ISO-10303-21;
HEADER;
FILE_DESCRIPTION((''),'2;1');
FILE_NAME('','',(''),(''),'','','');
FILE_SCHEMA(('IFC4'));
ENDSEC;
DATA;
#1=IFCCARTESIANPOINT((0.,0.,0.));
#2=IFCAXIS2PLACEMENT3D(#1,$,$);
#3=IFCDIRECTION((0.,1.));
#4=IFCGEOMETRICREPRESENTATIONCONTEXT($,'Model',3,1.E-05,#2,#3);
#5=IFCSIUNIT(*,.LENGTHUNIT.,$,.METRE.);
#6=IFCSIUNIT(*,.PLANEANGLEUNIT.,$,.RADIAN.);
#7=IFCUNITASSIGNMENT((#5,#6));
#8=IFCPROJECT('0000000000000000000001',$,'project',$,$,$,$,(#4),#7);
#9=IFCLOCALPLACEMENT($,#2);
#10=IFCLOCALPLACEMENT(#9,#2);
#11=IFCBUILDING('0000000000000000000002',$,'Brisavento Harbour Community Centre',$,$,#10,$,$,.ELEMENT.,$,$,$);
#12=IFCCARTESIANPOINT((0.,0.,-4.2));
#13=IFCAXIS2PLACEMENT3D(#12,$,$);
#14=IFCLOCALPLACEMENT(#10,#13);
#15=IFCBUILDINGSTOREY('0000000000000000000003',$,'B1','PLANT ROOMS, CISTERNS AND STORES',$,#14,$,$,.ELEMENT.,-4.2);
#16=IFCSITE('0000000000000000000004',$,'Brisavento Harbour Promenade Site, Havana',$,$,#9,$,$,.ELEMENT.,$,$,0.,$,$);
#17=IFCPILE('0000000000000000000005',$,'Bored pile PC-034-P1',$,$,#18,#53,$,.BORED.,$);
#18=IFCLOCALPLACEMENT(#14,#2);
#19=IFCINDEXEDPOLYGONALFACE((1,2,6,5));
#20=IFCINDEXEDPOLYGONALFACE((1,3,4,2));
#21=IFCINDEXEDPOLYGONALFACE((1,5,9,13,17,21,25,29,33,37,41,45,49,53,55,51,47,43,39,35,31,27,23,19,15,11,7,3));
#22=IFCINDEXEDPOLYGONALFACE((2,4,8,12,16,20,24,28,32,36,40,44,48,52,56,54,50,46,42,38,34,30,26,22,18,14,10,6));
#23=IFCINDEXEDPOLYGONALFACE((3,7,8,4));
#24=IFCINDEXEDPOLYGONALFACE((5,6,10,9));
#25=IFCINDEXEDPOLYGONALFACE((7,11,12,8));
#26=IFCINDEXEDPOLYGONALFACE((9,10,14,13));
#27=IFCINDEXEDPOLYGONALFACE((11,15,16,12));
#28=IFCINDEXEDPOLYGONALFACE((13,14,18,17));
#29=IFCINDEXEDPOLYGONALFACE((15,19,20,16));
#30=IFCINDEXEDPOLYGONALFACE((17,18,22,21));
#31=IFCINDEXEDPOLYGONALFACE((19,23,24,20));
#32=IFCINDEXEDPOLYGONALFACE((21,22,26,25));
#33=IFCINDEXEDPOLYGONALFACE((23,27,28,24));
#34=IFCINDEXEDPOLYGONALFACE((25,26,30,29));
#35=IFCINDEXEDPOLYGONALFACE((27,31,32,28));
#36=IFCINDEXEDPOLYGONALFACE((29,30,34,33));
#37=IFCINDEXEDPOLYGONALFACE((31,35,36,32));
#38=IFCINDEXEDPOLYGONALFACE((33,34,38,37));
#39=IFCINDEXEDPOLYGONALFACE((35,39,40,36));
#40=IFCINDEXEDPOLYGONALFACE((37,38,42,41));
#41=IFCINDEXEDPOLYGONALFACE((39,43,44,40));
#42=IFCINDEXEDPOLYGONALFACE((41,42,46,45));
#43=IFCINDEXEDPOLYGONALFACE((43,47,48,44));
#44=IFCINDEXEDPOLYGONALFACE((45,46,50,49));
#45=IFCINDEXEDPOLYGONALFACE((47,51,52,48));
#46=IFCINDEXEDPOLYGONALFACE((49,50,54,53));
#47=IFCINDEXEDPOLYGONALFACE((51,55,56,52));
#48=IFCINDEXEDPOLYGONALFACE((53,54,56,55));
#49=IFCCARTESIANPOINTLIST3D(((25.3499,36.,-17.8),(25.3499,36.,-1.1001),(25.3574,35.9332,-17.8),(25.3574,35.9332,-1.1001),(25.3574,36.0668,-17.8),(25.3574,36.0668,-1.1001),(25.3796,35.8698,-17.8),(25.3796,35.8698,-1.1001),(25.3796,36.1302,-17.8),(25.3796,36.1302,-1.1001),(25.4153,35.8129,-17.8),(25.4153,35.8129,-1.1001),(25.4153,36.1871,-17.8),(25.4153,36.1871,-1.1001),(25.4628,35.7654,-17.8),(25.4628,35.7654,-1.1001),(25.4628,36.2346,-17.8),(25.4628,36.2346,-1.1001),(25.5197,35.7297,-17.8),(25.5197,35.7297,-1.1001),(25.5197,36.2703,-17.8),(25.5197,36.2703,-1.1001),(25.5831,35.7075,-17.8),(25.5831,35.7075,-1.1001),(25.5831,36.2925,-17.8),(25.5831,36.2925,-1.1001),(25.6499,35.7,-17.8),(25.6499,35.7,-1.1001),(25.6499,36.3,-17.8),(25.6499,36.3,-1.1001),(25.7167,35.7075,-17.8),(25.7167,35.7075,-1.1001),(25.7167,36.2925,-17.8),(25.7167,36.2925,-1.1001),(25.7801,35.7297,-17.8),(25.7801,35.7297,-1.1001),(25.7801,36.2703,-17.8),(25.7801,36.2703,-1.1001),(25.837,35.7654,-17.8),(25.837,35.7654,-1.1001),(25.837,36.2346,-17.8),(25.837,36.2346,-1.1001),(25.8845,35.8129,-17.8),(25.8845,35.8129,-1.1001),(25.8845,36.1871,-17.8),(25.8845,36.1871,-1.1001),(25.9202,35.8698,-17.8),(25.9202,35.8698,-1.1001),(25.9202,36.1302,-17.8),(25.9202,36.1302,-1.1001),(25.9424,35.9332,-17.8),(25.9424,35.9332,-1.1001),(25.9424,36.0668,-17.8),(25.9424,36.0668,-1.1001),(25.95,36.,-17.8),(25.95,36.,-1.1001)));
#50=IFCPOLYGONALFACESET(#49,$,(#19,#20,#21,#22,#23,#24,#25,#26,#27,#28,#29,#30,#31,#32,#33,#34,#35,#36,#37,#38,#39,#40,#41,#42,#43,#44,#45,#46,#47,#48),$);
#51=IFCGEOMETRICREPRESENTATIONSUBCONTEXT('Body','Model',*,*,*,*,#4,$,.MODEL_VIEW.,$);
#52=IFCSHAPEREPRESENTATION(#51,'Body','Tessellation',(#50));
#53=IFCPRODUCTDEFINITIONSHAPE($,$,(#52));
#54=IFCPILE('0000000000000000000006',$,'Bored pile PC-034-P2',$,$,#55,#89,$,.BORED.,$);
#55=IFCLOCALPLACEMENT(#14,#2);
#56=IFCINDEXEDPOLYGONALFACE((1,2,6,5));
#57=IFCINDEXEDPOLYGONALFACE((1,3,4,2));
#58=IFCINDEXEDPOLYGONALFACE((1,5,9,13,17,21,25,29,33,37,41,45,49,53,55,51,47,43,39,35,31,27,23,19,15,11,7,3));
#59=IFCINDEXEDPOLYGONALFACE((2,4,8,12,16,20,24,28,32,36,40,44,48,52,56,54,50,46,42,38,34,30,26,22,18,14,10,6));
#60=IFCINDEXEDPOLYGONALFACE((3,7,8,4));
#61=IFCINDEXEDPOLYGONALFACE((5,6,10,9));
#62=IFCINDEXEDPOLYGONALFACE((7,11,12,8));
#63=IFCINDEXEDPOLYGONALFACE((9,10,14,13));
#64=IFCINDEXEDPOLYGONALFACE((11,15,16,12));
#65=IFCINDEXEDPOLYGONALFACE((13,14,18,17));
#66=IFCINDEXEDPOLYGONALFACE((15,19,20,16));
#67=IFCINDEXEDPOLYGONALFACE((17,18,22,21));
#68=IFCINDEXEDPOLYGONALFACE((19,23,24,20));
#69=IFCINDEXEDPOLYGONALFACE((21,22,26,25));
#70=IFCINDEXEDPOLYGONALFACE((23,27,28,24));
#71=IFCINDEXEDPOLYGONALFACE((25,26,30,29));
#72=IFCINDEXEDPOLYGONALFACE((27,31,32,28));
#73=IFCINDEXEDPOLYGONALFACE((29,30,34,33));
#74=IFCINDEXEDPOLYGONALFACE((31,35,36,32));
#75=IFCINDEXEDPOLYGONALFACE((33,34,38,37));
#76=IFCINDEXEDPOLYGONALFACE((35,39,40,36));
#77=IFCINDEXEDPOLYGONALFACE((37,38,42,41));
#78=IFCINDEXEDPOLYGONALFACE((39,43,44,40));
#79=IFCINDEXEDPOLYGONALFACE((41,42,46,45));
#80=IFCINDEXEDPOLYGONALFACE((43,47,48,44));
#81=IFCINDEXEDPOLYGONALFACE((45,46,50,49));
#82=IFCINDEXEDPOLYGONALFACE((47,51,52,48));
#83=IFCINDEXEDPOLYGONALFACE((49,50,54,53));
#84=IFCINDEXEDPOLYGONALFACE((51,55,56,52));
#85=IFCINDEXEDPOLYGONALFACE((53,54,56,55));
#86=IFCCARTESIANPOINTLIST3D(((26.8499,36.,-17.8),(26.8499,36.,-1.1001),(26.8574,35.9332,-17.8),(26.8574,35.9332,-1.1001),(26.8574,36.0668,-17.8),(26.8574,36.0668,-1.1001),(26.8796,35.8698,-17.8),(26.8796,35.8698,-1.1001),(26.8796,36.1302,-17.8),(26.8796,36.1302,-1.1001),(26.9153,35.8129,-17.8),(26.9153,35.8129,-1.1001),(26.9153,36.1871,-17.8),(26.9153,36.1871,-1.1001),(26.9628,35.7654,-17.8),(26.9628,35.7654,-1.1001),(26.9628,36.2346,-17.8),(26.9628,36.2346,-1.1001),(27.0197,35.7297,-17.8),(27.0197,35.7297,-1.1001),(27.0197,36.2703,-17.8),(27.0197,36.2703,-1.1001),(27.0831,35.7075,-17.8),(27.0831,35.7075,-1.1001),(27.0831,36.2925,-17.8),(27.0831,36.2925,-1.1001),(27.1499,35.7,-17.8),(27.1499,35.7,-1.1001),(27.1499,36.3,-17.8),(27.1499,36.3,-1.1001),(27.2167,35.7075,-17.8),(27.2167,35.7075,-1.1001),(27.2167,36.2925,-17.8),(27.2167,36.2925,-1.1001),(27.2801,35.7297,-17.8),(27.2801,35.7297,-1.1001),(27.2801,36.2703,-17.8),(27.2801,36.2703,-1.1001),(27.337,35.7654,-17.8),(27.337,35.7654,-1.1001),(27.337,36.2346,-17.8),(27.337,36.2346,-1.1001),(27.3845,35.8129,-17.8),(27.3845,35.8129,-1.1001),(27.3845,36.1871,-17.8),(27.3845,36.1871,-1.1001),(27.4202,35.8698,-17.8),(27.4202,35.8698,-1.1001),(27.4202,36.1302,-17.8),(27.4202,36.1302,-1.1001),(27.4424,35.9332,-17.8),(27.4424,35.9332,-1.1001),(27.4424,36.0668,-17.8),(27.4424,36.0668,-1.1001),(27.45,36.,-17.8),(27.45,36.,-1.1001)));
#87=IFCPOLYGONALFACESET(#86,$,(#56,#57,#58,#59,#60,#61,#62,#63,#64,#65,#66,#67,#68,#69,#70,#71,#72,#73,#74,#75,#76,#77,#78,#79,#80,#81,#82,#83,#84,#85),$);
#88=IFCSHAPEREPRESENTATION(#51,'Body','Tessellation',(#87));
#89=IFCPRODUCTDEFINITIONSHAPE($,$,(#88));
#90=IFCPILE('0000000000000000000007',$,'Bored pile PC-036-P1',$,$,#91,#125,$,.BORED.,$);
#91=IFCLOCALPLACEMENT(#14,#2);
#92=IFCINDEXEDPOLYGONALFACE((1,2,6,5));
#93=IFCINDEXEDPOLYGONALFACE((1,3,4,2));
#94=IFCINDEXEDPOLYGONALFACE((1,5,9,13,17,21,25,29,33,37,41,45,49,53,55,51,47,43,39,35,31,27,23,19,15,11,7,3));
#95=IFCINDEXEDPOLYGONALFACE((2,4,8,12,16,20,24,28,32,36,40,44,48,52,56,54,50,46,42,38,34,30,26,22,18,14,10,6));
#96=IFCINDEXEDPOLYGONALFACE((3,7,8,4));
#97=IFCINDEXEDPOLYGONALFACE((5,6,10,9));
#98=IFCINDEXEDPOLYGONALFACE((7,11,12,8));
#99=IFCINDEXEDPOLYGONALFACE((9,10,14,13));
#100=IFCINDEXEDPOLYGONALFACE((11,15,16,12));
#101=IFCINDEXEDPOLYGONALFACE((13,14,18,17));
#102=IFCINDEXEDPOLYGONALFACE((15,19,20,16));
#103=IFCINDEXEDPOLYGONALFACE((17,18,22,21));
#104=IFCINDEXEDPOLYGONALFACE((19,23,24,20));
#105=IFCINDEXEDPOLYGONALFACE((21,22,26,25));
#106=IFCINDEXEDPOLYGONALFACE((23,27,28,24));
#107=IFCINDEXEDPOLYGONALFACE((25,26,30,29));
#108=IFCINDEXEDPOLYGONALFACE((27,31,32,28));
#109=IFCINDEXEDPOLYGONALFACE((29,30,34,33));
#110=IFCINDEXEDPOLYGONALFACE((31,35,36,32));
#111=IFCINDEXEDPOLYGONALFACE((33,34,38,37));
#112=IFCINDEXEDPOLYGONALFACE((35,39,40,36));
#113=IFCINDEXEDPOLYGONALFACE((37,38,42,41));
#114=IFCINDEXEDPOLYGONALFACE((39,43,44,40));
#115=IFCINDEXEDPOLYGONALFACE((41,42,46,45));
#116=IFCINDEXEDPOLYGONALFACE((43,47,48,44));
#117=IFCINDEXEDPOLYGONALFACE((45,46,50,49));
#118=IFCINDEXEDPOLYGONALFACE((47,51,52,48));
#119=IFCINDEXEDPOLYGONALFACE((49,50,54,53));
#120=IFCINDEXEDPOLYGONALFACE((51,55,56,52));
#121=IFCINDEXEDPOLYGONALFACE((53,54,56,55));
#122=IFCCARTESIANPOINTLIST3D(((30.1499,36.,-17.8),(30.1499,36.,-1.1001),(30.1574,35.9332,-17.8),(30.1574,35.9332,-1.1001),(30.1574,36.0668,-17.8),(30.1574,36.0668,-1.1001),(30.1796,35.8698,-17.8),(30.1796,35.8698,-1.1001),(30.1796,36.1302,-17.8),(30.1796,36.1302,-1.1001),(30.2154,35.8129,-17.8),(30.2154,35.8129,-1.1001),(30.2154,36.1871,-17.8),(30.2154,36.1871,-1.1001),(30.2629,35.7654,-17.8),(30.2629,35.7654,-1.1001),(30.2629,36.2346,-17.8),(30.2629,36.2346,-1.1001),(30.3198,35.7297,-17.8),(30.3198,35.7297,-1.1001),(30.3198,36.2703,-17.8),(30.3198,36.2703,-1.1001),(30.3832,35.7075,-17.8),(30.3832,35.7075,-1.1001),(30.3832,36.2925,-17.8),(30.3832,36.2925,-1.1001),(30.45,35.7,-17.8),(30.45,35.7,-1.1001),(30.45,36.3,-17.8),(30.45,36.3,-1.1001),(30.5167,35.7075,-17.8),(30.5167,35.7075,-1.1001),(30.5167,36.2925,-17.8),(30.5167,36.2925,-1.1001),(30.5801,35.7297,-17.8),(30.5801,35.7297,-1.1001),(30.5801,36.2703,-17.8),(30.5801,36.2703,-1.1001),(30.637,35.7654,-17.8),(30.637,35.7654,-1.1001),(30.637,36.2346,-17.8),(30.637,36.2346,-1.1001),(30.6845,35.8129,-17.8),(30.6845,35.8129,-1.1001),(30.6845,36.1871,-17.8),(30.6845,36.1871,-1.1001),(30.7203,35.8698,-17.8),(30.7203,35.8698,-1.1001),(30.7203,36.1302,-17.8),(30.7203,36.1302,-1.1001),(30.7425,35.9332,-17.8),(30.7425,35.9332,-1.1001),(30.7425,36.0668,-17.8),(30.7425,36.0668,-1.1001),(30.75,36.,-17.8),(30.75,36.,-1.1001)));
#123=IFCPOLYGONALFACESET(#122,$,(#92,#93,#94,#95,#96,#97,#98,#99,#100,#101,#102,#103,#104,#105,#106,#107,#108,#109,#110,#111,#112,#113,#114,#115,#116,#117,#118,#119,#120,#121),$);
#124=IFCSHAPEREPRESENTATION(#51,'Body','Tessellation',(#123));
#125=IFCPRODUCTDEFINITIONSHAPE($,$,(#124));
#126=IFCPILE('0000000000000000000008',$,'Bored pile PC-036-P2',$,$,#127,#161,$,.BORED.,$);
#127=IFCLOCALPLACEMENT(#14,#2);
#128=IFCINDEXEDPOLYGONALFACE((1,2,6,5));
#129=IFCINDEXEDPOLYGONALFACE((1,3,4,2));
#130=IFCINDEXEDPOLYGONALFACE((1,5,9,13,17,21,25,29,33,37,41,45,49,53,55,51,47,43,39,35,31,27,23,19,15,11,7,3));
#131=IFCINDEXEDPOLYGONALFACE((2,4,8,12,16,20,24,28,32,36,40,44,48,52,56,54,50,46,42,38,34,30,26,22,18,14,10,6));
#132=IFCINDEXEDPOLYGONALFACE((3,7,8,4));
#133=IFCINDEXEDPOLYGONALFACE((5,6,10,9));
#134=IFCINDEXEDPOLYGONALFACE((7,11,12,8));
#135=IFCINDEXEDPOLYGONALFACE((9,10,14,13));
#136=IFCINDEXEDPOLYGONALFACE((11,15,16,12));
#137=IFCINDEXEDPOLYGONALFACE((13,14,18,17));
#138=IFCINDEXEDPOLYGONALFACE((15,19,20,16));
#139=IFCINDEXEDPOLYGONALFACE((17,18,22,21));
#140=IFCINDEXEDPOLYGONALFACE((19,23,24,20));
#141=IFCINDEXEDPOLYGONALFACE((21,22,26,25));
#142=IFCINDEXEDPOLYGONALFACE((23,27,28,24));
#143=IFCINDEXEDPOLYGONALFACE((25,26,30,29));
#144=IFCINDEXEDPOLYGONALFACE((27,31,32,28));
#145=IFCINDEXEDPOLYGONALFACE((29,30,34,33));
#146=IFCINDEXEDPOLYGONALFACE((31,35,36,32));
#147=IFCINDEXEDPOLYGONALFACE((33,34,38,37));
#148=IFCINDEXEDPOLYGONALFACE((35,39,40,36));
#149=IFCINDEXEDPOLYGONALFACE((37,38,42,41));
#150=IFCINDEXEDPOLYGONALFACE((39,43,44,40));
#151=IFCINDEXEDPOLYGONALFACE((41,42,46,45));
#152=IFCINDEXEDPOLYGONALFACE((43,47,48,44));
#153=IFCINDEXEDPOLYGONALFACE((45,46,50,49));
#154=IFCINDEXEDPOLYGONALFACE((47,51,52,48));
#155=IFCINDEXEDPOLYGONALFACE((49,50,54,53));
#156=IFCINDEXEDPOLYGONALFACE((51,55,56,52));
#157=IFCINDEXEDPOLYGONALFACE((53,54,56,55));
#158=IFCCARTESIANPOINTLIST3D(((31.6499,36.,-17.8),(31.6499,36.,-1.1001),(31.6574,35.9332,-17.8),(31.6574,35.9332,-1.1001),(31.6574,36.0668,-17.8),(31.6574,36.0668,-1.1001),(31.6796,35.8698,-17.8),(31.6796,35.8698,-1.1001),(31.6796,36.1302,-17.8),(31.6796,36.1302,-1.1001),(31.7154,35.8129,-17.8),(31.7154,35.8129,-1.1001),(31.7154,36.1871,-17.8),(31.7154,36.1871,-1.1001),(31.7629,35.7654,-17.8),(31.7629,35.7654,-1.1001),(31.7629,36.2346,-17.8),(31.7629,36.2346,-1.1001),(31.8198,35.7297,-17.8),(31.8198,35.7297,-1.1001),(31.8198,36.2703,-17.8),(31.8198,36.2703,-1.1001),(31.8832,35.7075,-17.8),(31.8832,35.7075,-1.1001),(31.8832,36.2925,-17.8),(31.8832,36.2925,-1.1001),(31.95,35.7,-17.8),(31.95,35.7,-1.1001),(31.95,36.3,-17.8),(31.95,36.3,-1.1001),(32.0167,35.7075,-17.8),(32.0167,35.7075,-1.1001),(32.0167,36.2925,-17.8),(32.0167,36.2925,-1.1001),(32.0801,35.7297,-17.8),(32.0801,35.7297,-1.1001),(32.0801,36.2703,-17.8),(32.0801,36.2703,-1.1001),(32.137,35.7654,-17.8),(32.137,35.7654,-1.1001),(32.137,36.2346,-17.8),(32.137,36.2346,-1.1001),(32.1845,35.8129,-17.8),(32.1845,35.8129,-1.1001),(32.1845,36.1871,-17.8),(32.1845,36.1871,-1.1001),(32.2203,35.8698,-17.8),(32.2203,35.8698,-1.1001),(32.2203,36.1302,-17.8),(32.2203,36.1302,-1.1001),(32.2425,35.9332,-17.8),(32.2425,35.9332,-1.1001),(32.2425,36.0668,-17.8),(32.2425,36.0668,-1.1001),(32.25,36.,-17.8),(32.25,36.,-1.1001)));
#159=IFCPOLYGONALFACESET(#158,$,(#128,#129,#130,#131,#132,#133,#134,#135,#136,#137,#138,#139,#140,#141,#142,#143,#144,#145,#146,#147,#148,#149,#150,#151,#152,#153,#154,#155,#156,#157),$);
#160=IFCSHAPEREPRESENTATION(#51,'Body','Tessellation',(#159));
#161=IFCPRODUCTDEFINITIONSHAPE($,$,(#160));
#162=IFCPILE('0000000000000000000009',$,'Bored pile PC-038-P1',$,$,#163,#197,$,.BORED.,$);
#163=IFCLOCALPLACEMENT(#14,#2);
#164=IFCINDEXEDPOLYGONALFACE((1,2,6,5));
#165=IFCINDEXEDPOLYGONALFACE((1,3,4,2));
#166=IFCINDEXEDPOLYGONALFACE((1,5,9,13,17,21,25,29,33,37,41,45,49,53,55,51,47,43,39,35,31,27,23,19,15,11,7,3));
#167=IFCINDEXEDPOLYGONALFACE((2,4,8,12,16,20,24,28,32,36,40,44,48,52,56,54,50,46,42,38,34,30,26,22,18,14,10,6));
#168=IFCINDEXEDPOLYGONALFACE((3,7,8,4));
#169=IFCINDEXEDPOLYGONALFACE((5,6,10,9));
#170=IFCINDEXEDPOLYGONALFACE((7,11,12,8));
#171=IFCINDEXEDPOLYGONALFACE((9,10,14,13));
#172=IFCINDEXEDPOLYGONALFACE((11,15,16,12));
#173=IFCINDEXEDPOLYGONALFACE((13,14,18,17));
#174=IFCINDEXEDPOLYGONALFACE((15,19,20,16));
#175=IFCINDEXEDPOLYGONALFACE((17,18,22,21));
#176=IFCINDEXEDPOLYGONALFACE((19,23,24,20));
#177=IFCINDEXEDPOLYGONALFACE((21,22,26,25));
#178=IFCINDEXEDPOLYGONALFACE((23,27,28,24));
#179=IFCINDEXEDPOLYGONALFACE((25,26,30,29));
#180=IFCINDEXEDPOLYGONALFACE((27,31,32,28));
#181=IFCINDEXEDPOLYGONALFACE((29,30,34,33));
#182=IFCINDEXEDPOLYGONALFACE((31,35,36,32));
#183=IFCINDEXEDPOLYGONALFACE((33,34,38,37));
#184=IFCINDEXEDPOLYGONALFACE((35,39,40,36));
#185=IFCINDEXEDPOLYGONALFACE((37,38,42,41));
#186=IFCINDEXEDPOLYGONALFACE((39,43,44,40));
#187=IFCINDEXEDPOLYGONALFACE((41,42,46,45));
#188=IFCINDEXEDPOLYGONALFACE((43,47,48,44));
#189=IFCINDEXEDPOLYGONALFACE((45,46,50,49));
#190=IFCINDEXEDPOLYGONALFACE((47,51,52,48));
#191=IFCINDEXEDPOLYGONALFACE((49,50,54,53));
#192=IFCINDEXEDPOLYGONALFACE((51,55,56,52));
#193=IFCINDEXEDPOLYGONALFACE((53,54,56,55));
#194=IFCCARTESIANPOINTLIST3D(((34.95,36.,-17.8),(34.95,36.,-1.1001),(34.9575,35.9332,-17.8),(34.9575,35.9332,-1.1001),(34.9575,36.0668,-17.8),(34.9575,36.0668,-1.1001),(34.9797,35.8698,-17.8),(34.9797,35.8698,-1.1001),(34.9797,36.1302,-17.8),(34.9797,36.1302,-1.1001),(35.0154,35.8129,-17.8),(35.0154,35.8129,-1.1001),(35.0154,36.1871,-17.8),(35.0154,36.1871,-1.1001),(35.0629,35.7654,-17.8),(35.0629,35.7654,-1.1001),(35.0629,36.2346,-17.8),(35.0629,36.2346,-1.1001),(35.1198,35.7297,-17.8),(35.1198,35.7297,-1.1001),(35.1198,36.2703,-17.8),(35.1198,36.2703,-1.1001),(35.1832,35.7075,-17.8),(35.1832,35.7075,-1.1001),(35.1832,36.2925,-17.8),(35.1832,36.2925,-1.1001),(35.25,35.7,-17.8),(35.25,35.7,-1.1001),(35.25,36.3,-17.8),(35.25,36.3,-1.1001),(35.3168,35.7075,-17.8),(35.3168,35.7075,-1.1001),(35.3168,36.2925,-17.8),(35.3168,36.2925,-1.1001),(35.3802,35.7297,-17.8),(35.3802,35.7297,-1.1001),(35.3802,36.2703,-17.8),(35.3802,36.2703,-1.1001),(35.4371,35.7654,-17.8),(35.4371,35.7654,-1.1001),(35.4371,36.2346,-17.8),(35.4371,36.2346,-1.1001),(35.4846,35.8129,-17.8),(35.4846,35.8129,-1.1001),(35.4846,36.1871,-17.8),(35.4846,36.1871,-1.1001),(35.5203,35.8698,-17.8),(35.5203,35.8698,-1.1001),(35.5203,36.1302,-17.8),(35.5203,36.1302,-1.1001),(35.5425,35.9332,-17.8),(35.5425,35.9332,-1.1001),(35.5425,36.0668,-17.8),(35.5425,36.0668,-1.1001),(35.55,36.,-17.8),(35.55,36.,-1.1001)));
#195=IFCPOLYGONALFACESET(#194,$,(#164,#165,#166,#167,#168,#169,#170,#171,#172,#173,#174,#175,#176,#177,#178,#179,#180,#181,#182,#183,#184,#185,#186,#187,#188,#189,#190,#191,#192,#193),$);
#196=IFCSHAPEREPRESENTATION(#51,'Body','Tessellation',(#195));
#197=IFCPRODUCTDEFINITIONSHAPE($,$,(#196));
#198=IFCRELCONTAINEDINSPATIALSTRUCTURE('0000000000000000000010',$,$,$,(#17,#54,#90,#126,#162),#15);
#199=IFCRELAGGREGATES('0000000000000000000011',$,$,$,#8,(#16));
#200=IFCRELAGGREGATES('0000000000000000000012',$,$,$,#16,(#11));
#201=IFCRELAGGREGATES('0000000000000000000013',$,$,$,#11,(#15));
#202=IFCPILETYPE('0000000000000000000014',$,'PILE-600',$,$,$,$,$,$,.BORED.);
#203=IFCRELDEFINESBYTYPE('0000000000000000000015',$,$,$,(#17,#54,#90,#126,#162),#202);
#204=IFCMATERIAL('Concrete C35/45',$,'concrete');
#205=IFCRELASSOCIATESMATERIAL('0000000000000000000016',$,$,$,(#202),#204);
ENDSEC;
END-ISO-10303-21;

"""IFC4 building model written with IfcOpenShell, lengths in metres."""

from ifc_helpers import new_model, si_unit, direction, frame, origin, origin_2d, place, context, subcontext, project, spatial, circle, extrude, material, material_profile, profile_set, type_object, element, save


model = new_model("IFC4")

# Units and contexts
model_context = context("Model", 3, precision=1e-05, world=origin(), true_north=direction((0.0, 1.0)))
body_context = subcontext(model_context, "Body", "Model", "MODEL_VIEW")
ifc_project = project(units=[si_unit("LENGTHUNIT", "METRE"), si_unit("PLANEANGLEUNIT", "RADIAN")], contexts=[model_context])

# Site, building, storey
site_placement = place(None, origin())
site = spatial("IfcSite", under=ifc_project, at=site_placement, Name="Brisavento Harbour Promenade Site, Havana", CompositionType="ELEMENT", RefElevation=0.0)
building_placement = place(site_placement, origin())
building = spatial("IfcBuilding", under=site, at=building_placement, Name="Brisavento Harbour Community Centre", CompositionType="ELEMENT")
storey_placement = place(building_placement, frame((0.0, 0.0, -4.2)))
storey = spatial("IfcBuildingStorey", under=building, at=storey_placement, Name="B1", Description="PLANT ROOMS, CISTERNS AND STORES", CompositionType="ELEMENT", Elevation=-4.2)

# Shared definitions
ifc_material_1 = material(Name="Concrete C35/45", Category="concrete")

# Piles
ifc_material_profile_1 = material_profile(ifc_material_1, circle(Radius=0.3, at=origin_2d()), Name="Concrete C35/45")
ifc_profile_set_1 = profile_set([ifc_material_profile_1], Name="Concrete C35/45")
pile_type = type_object("IfcPileType", Name="PILE-600", PredefinedType="BORED", material=ifc_profile_set_1)
for number, where, z_axis, x_axis, name in (
    (1, (25.6499, 36.0, -1.1001), (0.0, 0.0, -1.0), (1.0, 0.0, 0.0), "Bored pile PC-034-P1"),
    (2, (27.1499, 36.0, -1.1001), (0.0, 0.0, -1.0), (1.0, 0.0, 0.0), "Bored pile PC-034-P2"),
    (3, (30.45, 36.0, -1.1001), (0.0, 0.0, -1.0), (1.0, 0.0, 0.0), "Bored pile PC-036-P1"),
    (4, (31.95, 36.0, -1.1001), (0.0, 0.0, -1.0), (1.0, 0.0, 0.0), "Bored pile PC-036-P2"),
    (5, (35.25, 36.0, -1.1001), (0.0, 0.0, -1.0), (1.0, 0.0, 0.0), "Bored pile PC-038-P1"),
):
    element("IfcPile", number, at=place(storey_placement, frame(where, z_axis=z_axis, x_axis=x_axis)), inside=storey, type_object=pile_type, Name=name, PredefinedType="BORED", context=body_context, shape_type="SweptSolid", body=[
        extrude(circle(Radius=0.3, at=origin_2d()), origin(), (0.0, 0.0, 1.0), 16.7),
    ])

save(model, "model.ifc")
